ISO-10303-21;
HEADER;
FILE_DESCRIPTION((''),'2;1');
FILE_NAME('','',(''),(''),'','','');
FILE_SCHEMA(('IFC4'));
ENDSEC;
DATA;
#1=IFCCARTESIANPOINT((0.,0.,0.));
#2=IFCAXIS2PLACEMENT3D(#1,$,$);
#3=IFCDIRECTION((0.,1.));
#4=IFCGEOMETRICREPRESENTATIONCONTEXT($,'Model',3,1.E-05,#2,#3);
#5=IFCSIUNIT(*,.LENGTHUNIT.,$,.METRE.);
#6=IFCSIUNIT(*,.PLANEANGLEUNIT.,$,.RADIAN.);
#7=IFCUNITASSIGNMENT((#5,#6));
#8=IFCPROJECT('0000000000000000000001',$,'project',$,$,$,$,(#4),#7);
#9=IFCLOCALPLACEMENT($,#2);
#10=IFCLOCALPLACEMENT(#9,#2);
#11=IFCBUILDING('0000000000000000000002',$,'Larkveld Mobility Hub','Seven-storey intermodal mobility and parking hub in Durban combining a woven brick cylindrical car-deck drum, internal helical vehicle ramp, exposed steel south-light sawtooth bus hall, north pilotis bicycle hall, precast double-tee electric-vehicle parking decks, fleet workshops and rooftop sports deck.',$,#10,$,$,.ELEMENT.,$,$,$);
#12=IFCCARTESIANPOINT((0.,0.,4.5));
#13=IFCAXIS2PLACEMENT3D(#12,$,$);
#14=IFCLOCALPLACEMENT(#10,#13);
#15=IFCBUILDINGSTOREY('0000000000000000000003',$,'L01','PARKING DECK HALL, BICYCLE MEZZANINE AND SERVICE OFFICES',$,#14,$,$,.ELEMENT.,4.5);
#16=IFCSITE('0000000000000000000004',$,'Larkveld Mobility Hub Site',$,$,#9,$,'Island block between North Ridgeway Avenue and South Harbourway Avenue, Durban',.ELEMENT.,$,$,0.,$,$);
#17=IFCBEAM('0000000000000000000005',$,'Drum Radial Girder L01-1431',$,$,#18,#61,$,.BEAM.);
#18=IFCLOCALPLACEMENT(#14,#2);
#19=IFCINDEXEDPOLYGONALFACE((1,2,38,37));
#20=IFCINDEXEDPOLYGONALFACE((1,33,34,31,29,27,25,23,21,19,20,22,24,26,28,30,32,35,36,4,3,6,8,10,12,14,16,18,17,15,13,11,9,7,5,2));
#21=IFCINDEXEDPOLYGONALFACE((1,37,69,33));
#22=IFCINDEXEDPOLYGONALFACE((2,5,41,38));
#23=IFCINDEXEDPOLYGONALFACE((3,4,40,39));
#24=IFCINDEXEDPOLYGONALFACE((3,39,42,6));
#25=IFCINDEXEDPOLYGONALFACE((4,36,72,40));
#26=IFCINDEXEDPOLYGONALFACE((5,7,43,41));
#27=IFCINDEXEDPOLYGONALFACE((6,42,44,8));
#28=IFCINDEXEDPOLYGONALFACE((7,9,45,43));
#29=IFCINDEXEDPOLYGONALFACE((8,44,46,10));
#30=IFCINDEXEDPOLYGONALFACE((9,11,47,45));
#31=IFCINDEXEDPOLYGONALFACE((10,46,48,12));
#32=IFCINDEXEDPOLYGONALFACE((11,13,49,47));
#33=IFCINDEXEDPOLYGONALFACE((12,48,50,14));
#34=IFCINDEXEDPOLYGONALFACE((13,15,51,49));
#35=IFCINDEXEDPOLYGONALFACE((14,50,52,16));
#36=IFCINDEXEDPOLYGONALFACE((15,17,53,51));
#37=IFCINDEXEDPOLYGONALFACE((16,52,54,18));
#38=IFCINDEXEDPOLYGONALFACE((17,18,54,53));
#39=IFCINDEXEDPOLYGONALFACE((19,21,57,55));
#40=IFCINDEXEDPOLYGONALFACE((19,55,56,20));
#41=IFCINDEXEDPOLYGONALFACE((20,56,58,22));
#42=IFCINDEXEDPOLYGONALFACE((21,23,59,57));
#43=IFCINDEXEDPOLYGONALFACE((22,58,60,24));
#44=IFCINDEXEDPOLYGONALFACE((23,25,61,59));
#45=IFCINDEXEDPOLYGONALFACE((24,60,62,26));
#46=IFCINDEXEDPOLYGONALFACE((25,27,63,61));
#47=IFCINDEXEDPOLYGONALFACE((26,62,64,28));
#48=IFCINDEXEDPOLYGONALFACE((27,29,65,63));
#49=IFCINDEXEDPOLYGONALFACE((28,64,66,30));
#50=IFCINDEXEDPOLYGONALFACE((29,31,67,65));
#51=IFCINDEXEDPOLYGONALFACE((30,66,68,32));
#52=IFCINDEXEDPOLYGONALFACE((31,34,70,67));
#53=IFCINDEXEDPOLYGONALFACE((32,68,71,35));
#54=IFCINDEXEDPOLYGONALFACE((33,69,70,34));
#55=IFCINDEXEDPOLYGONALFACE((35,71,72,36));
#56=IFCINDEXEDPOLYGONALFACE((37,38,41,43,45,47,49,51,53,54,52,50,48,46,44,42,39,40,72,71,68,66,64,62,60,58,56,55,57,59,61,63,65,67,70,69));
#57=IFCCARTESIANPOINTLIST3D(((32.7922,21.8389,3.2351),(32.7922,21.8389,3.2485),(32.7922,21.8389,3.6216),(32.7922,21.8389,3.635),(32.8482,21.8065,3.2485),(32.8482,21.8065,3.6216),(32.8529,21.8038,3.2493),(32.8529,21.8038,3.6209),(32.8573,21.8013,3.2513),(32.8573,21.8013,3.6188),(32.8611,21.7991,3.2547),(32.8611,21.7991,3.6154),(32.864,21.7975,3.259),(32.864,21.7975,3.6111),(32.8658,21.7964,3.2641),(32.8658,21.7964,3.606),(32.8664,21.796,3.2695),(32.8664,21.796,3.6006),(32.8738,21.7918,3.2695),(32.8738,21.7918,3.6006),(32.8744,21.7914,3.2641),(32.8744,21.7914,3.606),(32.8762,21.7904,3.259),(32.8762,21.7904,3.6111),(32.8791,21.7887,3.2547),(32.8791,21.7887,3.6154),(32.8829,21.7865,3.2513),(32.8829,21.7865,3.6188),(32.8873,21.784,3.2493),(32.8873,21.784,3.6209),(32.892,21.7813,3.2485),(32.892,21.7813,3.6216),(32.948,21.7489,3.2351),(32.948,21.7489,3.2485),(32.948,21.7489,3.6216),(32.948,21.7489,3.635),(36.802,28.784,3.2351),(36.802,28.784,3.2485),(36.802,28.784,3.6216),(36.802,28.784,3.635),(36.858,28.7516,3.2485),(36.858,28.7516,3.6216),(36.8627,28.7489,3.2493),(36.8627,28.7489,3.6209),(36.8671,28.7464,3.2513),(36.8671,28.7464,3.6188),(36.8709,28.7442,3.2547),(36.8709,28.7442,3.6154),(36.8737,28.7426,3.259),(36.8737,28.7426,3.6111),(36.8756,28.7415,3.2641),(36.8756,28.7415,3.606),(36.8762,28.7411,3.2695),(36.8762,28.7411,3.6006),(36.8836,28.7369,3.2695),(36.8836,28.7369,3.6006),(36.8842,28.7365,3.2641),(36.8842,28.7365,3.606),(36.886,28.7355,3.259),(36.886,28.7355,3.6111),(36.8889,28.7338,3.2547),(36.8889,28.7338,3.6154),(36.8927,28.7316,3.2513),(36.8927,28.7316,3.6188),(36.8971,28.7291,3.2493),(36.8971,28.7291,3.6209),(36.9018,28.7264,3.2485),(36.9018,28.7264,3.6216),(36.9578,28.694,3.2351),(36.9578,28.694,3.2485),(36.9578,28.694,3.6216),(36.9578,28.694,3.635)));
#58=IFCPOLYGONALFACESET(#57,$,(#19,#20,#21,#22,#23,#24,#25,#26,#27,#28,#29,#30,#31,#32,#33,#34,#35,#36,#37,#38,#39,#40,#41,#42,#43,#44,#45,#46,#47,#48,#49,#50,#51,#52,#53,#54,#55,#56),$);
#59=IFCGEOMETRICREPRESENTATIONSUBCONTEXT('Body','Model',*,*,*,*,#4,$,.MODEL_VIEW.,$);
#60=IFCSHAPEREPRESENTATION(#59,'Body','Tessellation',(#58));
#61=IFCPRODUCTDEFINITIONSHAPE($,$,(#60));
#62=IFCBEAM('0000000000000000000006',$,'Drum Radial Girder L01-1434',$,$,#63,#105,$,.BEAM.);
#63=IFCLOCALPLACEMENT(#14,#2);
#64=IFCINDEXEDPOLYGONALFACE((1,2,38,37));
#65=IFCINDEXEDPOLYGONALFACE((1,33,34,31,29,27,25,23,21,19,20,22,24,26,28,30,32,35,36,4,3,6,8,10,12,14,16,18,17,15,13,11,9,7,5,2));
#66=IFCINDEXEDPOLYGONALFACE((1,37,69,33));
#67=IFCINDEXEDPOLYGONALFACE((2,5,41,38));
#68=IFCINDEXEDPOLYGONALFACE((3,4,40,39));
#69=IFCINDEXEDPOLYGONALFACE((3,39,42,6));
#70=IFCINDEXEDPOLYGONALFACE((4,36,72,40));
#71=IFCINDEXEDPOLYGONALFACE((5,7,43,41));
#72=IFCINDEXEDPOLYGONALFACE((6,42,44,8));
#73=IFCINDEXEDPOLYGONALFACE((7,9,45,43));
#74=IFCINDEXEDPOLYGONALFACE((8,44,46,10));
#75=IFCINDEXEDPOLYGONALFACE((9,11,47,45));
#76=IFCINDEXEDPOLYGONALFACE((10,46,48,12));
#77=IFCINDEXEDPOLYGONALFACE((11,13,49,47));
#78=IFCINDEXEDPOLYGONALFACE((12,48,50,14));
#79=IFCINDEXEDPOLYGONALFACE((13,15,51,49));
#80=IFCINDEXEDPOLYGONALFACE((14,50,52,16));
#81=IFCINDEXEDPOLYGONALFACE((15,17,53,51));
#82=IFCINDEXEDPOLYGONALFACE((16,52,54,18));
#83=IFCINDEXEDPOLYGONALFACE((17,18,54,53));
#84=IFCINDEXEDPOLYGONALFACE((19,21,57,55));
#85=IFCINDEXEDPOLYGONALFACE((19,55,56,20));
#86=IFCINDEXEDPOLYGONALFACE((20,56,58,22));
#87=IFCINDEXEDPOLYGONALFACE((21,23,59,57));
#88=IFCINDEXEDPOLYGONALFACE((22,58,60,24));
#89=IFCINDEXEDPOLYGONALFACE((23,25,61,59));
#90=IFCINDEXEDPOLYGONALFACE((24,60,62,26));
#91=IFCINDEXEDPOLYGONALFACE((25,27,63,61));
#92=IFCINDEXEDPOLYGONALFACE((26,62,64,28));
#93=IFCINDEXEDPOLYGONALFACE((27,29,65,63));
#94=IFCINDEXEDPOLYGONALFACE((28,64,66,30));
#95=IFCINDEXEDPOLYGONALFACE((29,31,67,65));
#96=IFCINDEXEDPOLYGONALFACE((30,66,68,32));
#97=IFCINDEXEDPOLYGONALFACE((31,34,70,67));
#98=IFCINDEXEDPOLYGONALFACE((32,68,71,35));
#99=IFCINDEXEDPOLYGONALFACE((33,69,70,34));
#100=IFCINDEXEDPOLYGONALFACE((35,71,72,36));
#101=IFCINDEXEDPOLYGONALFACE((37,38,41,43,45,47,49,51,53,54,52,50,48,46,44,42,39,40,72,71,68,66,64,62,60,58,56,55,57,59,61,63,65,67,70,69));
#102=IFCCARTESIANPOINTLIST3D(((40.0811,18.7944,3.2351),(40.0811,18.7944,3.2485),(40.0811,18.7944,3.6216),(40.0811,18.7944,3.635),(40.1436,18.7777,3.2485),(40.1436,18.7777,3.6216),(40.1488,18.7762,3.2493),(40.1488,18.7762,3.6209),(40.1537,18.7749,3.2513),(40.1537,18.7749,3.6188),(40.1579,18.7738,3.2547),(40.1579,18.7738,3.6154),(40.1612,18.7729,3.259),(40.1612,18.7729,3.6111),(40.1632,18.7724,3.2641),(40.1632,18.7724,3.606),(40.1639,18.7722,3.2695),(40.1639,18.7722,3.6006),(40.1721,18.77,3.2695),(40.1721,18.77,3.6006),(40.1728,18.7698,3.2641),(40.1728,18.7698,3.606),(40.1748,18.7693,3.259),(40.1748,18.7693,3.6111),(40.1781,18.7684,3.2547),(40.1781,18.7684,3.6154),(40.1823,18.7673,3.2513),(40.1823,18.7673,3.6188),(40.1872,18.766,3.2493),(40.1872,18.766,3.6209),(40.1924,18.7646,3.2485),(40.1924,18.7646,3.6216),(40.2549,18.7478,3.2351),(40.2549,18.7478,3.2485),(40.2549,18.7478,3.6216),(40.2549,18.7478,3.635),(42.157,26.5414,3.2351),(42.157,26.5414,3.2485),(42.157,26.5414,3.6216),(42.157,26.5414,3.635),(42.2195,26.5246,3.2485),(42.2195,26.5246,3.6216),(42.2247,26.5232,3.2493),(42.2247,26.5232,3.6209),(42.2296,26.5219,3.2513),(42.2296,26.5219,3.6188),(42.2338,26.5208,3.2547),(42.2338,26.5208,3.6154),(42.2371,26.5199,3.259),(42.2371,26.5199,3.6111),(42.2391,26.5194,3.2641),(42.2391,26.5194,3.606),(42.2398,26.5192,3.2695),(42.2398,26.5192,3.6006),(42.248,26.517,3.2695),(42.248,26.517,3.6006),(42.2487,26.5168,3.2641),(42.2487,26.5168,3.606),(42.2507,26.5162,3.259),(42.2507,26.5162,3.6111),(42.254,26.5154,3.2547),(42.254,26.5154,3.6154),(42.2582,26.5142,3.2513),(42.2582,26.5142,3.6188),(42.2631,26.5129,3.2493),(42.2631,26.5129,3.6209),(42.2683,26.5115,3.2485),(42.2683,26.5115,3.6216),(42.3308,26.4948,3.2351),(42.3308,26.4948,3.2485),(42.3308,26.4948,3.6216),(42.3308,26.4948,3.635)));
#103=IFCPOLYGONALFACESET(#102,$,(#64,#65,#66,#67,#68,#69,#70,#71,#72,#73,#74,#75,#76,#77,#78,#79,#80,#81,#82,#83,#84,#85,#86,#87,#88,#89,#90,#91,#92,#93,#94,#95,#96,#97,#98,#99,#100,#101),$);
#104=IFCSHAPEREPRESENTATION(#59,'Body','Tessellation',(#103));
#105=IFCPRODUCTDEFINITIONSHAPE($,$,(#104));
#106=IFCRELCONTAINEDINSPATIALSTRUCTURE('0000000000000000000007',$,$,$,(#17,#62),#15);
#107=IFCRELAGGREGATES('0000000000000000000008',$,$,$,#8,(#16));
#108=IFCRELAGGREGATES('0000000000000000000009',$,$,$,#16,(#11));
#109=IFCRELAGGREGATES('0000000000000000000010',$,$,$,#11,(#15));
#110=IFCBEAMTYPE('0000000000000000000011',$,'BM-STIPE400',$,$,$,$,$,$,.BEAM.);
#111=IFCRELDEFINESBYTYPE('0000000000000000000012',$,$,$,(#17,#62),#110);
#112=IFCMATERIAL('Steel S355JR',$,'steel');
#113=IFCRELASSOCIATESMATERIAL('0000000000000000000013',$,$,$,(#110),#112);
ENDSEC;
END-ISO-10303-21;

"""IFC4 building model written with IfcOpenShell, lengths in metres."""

from ifc_helpers import new_model, si_unit, direction, frame, origin, origin_2d, place, context, subcontext, project, spatial, i_section, extrude, material, material_profile, profile_set, type_object, element, save


model = new_model("IFC4")

# Units and contexts
model_context = context("Model", 3, precision=1e-05, world=origin(), true_north=direction((0.0, 1.0)))
body_context = subcontext(model_context, "Body", "Model", "MODEL_VIEW")
ifc_project = project(units=[si_unit("LENGTHUNIT", "METRE"), si_unit("PLANEANGLEUNIT", "RADIAN")], contexts=[model_context])

# Site, building, storey
site_placement = place(None, origin())
site = spatial("IfcSite", under=ifc_project, at=site_placement, Name="Larkveld Mobility Hub Site", LongName="Island block between North Ridgeway Avenue and South Harbourway Avenue, Durban", CompositionType="ELEMENT", RefElevation=0.0)
building_placement = place(site_placement, origin())
building = spatial("IfcBuilding", under=site, at=building_placement, Name="Larkveld Mobility Hub", Description="Seven-storey intermodal mobility and parking hub in Durban combining a woven brick cylindrical car-deck drum, internal helical vehicle ramp, exposed steel south-light sawtooth bus hall, north pilotis bicycle hall, precast double-tee electric-vehicle parking decks, fleet workshops and rooftop sports deck.", CompositionType="ELEMENT")
storey_placement = place(building_placement, frame((0.0, 0.0, 4.5)))
storey = spatial("IfcBuildingStorey", under=building, at=storey_placement, Name="L01", Description="PARKING DECK HALL, BICYCLE MEZZANINE AND SERVICE OFFICES", CompositionType="ELEMENT", Elevation=4.5)

# Beams
ifc_material_1 = material(Name="Steel S355JR", Category="steel")
ifc_material_profile_1 = material_profile(ifc_material_1, i_section(OverallWidth=0.1799, OverallDepth=0.3999, WebThickness=0.0085, FlangeThickness=0.0134, FilletRadius=0.021, at=origin_2d()), Name="IPE 400")
ifc_profile_set_1 = profile_set([ifc_material_profile_1], Name="Steel S355JR")
beam_type_1 = type_object("IfcBeamType", Name="BM-STIPE400", PredefinedType="BEAM", material=ifc_profile_set_1)
beam_1_placement = place(storey_placement, frame((36.8799, 28.739, 3.4351), z_axis=(-0.500003, -0.866024, 0.0), x_axis=(0.866024, -0.500003, 0.0)))
element("IfcBeam", 1, at=beam_1_placement, inside=storey, type_object=beam_type_1, Name="Drum Radial Girder L01-1431", PredefinedType="BEAM", context=body_context, shape_type="SweptSolid", body=[
    extrude(i_section(OverallWidth=0.1799, OverallDepth=0.3999, WebThickness=0.0085, FlangeThickness=0.0134, FilletRadius=0.021, at=origin_2d()), origin(), (0.0, 0.0, 1.0), 8.0195),
])
beam_2_placement = place(storey_placement, frame((42.2439, 26.5181, 3.4351), z_axis=(-0.258831, -0.965923, 0.0), x_axis=(0.965923, -0.258831, 0.0)))
element("IfcBeam", 2, at=beam_2_placement, inside=storey, type_object=beam_type_1, Name="Drum Radial Girder L01-1434", PredefinedType="BEAM", context=body_context, shape_type="SweptSolid", body=[
    extrude(i_section(OverallWidth=0.1799, OverallDepth=0.3999, WebThickness=0.0085, FlangeThickness=0.0134, FilletRadius=0.021, at=origin_2d()), origin(), (0.0, 0.0, 1.0), 8.0203),
])

save(model, "model.ifc")
